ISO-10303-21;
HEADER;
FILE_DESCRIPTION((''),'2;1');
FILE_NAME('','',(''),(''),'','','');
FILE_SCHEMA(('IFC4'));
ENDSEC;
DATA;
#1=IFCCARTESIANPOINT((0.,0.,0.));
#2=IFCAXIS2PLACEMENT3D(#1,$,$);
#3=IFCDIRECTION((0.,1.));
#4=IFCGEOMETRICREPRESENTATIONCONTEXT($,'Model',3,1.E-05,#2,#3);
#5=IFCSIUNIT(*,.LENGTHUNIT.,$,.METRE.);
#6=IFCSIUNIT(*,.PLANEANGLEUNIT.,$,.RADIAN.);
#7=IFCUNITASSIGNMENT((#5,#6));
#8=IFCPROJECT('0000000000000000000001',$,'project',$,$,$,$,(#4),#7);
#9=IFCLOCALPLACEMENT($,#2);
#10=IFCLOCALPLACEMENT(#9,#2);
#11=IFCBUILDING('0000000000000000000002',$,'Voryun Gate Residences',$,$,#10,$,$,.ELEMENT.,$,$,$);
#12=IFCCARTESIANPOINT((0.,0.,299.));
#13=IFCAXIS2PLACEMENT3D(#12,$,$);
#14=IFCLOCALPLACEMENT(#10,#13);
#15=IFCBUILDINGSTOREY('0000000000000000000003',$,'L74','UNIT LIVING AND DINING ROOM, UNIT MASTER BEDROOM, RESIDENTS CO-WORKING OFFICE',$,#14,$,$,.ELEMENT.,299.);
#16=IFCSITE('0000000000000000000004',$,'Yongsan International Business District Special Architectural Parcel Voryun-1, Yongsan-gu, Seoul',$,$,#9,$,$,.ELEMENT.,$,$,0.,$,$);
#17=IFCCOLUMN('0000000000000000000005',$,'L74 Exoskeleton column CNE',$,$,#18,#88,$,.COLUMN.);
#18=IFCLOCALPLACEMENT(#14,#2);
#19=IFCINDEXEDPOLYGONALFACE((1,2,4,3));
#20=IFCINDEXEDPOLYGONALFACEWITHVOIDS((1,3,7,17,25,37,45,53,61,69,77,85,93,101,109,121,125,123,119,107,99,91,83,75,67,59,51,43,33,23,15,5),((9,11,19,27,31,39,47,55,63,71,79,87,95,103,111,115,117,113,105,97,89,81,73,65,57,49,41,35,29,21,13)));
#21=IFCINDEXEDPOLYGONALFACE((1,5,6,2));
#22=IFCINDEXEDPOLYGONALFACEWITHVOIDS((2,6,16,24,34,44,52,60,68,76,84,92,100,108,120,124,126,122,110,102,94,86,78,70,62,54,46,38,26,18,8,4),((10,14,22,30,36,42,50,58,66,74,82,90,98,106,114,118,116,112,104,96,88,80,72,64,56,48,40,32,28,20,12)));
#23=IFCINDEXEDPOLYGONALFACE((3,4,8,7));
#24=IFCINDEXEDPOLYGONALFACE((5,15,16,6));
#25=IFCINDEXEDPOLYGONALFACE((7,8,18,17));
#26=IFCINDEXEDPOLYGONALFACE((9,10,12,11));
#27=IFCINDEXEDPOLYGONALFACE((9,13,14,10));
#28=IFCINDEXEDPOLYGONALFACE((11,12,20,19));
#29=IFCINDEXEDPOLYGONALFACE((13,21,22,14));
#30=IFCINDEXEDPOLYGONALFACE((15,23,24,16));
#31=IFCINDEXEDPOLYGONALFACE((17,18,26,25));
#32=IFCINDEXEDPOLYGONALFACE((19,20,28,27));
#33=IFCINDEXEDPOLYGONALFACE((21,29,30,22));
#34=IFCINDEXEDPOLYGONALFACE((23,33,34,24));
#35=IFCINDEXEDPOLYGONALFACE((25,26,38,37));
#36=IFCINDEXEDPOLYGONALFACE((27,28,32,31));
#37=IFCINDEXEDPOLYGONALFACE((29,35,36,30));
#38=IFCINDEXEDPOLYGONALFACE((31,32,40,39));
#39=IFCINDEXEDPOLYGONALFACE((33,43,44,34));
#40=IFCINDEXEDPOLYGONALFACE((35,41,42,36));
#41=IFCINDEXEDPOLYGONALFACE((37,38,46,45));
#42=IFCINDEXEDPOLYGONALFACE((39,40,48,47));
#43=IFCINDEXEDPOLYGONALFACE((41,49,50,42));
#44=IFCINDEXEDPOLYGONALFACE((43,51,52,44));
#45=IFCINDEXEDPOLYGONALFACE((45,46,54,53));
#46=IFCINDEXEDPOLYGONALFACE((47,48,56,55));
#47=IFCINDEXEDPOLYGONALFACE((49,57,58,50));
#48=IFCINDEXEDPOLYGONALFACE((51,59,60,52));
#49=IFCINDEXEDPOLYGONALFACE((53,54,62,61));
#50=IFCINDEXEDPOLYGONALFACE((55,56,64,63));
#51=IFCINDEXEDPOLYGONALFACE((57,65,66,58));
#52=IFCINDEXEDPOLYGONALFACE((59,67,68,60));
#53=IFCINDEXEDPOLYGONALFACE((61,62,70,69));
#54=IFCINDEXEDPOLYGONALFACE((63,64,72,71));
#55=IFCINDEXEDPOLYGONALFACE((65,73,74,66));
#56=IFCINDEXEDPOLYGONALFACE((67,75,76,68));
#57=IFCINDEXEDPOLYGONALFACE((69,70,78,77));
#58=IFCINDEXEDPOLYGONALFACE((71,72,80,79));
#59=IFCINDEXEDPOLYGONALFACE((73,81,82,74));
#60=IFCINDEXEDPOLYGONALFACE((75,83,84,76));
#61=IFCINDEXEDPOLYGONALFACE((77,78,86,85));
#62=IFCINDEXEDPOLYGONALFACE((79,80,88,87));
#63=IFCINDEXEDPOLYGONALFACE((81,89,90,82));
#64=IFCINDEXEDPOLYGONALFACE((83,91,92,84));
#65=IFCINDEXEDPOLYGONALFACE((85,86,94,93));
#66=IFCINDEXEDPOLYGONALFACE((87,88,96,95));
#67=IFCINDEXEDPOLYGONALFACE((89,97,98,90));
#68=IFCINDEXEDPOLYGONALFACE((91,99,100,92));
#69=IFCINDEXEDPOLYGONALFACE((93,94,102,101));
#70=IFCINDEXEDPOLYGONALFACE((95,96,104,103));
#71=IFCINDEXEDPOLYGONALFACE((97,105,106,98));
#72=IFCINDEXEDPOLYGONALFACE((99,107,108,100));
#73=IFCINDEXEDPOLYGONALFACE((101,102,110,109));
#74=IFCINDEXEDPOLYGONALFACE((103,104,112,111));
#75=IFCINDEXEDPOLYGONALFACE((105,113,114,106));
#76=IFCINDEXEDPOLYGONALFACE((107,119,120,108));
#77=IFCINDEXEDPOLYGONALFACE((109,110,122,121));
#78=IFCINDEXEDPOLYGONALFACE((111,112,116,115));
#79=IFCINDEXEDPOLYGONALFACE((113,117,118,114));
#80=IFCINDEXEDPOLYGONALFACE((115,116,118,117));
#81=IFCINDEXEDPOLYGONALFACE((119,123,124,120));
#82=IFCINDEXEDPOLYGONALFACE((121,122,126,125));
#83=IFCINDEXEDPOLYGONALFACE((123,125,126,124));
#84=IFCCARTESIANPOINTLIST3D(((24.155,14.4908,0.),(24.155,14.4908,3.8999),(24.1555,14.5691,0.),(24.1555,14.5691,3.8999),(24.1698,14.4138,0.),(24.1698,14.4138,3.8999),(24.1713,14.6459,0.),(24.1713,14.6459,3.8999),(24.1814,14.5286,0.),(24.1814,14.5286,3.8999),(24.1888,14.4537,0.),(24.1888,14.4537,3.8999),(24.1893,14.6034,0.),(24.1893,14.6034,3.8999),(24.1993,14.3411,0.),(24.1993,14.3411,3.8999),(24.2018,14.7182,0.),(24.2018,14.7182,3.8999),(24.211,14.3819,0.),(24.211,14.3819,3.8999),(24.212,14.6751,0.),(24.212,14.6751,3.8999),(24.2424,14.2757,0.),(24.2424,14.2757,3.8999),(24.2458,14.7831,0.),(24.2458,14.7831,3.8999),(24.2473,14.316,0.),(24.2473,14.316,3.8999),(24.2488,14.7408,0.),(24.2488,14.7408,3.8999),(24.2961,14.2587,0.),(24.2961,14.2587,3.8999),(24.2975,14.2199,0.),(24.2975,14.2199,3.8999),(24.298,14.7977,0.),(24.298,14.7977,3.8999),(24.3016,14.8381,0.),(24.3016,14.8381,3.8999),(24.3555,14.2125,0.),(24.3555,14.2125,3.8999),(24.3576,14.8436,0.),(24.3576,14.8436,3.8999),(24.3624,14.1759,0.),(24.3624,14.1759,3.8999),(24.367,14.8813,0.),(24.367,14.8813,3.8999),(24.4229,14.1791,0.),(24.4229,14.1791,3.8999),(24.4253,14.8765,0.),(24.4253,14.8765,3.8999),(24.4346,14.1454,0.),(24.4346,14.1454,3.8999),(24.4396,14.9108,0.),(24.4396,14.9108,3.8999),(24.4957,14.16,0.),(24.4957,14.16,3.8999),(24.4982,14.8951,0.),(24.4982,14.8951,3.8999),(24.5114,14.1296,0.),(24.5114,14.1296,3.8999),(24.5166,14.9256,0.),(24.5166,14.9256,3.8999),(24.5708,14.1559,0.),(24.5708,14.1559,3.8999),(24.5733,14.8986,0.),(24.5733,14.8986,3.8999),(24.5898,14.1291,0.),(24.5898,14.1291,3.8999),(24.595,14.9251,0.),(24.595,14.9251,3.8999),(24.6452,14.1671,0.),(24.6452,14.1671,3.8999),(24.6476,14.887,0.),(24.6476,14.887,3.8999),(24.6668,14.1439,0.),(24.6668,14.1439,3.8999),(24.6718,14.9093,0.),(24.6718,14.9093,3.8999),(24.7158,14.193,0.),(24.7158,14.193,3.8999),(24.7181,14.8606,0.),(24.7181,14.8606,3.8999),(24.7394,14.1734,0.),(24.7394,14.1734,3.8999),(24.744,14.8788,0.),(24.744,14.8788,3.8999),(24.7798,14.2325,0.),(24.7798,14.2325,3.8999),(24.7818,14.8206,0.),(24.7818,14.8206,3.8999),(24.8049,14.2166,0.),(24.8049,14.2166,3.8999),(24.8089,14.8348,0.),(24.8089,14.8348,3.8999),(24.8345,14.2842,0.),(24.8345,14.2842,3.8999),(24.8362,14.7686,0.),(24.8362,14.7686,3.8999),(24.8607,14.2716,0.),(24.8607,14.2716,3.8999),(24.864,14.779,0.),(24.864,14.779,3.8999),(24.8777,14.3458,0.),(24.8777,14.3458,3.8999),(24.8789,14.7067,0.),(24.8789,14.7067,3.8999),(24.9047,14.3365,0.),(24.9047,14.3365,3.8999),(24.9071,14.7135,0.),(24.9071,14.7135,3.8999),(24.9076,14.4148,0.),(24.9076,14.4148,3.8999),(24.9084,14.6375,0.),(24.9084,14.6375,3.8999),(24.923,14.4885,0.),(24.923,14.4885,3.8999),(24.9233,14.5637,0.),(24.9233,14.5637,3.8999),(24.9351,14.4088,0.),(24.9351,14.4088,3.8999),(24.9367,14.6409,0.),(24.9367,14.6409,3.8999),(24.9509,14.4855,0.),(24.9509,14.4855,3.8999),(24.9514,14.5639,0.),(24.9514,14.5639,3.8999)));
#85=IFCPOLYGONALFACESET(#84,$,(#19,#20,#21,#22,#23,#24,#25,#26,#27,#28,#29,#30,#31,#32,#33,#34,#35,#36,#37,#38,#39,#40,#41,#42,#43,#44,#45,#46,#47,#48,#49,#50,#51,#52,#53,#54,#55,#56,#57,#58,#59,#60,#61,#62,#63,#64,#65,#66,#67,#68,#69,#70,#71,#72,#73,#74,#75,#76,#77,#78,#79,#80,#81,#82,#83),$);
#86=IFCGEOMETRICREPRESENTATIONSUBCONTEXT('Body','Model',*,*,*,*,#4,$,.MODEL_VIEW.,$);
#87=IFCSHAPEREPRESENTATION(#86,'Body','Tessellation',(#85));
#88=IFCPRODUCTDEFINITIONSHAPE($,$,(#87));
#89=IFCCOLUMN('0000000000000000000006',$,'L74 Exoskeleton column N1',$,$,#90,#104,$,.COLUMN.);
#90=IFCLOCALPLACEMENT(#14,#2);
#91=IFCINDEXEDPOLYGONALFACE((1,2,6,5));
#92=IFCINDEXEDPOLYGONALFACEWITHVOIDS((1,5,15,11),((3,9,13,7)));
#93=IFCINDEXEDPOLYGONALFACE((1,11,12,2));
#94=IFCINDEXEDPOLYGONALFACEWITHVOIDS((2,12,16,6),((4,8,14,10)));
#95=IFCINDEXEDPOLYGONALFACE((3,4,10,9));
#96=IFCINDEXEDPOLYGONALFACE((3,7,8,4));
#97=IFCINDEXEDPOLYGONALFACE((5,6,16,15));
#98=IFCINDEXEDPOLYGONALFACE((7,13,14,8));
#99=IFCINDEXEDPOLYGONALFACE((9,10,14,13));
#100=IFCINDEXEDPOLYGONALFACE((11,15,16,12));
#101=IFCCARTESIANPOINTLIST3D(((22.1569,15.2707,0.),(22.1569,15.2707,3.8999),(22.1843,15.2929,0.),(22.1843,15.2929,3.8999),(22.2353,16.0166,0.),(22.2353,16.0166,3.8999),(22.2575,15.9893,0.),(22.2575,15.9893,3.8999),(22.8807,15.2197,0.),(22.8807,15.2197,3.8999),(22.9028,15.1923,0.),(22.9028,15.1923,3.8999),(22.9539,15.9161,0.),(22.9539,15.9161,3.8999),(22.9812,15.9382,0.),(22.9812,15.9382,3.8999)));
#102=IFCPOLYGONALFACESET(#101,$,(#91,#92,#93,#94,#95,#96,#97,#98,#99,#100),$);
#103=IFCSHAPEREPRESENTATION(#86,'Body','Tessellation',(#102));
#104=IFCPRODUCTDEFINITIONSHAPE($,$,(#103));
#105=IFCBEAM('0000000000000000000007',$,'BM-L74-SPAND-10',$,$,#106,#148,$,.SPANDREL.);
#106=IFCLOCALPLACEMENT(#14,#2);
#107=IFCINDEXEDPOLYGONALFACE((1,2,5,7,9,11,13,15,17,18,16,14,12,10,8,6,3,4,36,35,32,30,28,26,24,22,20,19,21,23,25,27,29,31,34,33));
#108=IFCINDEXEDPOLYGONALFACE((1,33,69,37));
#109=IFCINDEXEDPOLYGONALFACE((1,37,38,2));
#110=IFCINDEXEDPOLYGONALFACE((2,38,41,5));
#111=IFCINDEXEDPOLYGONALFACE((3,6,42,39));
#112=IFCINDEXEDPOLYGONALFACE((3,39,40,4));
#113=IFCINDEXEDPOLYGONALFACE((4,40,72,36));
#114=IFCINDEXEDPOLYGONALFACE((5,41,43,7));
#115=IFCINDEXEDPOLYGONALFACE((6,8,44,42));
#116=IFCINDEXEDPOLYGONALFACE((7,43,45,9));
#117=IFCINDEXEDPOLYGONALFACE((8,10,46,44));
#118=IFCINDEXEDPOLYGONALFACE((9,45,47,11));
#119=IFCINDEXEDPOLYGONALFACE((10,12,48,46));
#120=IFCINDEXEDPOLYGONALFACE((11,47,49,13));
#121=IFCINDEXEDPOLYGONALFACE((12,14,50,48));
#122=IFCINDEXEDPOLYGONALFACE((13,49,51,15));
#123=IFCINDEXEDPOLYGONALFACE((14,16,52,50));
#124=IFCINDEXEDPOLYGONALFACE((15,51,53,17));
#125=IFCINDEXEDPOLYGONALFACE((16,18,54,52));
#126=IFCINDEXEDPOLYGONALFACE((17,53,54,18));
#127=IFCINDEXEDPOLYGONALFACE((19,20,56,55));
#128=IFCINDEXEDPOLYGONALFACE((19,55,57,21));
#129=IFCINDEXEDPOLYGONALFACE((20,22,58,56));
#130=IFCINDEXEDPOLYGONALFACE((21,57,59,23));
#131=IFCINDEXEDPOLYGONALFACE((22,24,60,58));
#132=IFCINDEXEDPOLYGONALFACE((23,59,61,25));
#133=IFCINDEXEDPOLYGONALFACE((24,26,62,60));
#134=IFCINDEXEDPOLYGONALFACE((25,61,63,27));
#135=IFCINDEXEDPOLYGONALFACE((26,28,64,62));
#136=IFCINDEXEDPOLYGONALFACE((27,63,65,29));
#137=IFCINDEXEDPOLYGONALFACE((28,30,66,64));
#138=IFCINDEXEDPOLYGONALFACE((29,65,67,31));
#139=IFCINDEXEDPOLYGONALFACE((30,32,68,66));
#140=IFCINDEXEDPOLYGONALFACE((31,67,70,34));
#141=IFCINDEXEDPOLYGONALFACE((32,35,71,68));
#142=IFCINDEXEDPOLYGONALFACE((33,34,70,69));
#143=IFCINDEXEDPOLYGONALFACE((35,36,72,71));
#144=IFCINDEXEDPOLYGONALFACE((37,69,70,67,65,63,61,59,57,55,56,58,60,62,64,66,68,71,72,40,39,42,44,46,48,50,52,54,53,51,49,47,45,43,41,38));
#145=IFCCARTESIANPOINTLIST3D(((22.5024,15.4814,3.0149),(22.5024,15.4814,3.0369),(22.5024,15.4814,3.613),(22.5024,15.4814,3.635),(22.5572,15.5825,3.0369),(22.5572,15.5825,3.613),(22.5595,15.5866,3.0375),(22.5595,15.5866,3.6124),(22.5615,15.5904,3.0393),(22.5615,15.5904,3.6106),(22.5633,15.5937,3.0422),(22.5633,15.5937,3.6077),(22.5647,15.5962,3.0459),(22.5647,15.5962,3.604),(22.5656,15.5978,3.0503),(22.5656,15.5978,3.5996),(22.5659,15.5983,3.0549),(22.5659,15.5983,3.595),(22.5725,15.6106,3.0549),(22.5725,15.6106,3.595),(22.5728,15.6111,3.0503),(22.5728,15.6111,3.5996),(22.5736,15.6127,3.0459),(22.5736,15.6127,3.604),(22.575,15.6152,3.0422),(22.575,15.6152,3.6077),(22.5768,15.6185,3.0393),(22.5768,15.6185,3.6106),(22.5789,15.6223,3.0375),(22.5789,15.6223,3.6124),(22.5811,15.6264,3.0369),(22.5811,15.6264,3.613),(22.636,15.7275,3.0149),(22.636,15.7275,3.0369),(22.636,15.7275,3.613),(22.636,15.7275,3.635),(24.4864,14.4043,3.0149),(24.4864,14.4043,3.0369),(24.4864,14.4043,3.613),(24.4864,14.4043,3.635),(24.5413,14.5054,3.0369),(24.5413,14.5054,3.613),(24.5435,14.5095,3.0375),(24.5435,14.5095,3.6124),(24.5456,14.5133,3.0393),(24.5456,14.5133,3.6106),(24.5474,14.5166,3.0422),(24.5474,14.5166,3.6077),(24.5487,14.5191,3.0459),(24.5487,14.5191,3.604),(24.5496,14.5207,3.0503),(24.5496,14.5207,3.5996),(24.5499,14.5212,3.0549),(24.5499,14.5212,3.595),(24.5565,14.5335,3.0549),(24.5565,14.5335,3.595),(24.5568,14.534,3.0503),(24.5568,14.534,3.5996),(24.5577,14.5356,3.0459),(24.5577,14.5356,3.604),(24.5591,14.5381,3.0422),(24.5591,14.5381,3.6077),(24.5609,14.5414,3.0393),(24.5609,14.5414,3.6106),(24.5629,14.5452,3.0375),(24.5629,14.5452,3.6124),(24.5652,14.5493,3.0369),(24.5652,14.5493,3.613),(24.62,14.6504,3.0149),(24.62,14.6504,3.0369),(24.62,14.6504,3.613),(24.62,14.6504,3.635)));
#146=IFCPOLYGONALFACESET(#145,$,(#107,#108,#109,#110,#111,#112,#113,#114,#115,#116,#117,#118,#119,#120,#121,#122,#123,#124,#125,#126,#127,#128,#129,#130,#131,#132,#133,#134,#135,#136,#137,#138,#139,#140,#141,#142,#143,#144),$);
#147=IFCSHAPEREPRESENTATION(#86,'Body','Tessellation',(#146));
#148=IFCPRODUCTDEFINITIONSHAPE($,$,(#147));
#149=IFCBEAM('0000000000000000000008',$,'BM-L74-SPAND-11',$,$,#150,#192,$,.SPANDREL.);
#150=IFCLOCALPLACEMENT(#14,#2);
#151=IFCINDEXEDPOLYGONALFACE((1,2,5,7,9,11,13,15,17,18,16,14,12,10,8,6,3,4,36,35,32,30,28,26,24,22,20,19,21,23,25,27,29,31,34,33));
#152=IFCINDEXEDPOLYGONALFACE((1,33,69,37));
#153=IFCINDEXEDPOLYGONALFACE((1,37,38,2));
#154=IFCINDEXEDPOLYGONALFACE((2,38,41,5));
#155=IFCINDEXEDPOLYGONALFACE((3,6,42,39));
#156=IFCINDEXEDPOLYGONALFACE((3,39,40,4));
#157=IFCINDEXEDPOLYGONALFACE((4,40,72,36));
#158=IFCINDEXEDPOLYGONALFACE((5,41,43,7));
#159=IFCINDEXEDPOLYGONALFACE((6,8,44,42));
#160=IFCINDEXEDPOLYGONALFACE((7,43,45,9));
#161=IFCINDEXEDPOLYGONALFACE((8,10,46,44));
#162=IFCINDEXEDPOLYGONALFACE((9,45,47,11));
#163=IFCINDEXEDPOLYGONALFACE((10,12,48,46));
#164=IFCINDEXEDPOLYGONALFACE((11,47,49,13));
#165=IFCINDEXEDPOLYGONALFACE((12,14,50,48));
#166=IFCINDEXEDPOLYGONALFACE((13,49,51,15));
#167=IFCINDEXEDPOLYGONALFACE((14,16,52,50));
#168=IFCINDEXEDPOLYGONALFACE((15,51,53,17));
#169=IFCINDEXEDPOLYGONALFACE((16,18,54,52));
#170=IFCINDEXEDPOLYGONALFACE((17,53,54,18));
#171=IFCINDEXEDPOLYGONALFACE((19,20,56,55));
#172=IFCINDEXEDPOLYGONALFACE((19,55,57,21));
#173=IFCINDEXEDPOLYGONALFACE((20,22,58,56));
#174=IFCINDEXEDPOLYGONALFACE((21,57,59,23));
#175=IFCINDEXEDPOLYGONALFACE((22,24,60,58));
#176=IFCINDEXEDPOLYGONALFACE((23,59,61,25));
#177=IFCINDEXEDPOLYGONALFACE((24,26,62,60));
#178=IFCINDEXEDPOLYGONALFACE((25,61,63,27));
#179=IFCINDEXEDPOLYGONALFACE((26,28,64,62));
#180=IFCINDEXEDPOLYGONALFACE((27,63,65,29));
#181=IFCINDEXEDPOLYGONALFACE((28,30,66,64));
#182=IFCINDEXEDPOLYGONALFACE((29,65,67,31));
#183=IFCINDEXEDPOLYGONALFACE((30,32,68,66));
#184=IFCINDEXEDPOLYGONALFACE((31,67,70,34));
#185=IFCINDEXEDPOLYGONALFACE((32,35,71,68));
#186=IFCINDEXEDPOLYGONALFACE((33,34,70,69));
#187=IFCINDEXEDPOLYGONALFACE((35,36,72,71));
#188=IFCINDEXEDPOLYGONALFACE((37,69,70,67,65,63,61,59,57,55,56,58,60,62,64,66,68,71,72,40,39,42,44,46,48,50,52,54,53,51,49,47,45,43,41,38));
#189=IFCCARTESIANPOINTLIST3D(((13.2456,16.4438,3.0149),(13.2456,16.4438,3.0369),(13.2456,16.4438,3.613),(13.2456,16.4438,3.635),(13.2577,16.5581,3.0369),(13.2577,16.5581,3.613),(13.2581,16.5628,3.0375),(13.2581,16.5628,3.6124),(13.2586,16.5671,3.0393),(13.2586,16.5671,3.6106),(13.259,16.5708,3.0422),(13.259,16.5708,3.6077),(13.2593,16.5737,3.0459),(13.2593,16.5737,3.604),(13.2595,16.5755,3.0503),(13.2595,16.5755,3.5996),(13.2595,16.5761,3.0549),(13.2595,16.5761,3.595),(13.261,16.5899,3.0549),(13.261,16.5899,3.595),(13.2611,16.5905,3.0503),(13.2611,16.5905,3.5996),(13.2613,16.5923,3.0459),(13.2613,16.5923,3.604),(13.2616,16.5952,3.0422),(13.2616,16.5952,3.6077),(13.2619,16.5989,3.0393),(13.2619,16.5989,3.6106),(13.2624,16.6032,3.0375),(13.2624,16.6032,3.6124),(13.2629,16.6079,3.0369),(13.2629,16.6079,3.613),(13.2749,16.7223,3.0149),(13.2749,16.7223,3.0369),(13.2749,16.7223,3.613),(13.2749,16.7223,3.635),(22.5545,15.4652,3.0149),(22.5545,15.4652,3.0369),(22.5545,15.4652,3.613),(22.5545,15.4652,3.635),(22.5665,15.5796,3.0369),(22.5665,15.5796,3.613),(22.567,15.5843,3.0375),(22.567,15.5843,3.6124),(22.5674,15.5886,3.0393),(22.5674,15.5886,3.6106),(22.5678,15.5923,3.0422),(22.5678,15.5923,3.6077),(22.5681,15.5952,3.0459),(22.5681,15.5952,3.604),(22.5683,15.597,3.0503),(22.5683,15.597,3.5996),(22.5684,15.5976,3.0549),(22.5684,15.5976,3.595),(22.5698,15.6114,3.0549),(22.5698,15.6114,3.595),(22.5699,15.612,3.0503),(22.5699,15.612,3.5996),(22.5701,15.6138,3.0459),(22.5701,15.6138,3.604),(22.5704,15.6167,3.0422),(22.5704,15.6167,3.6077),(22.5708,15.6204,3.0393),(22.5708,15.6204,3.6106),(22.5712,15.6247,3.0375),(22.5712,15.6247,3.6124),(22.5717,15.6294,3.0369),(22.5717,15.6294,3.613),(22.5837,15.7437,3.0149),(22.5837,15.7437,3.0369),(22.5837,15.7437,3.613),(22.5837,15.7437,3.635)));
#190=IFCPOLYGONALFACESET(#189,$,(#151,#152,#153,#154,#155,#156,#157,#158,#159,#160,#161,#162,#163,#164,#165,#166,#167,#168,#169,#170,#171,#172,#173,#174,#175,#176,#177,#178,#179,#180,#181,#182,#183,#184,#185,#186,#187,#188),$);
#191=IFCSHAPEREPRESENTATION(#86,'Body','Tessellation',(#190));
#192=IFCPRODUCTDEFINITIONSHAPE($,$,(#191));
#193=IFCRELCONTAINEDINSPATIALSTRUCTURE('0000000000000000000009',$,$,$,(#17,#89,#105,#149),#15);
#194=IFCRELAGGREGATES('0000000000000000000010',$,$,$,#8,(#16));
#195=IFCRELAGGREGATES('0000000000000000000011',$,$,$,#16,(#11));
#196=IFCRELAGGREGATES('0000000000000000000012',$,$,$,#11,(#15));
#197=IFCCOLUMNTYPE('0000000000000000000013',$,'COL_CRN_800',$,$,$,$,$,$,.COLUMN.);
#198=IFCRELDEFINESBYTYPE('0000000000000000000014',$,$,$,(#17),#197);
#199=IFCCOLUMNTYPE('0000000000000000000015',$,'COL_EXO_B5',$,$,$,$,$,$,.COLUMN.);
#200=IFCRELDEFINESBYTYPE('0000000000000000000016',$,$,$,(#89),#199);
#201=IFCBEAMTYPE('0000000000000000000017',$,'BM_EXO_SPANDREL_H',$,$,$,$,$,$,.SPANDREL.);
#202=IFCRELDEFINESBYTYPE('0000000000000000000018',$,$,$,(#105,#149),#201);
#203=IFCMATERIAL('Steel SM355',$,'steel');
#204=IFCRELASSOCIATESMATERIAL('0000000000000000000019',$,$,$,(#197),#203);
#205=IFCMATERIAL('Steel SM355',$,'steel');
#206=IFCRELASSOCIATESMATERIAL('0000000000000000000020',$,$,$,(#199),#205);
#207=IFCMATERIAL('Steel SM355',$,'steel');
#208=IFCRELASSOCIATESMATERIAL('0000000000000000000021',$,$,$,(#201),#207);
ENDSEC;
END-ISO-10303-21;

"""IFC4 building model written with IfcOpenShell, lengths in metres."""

from ifc_helpers import new_model, si_unit, direction, frame, origin, origin_2d, place, context, subcontext, project, spatial, hollow_rectangle, hollow_circle, i_section, extrude, material, material_profile, profile_set, type_object, element, save


model = new_model("IFC4")

# Units and contexts
model_context = context("Model", 3, precision=1e-05, world=origin(), true_north=direction((0.0, 1.0)))
body_context = subcontext(model_context, "Body", "Model", "MODEL_VIEW")
ifc_project = project(units=[si_unit("LENGTHUNIT", "METRE"), si_unit("PLANEANGLEUNIT", "RADIAN")], contexts=[model_context])

# Site, building, storey
site_placement = place(None, origin())
site = spatial("IfcSite", under=ifc_project, at=site_placement, Name="Yongsan International Business District Special Architectural Parcel Voryun-1, Yongsan-gu, Seoul", CompositionType="ELEMENT", RefElevation=0.0)
building_placement = place(site_placement, origin())
building = spatial("IfcBuilding", under=site, at=building_placement, Name="Voryun Gate Residences", CompositionType="ELEMENT")
storey_placement = place(building_placement, frame((0.0, 0.0, 299.0)))
storey = spatial("IfcBuildingStorey", under=building, at=storey_placement, Name="L74", Description="UNIT LIVING AND DINING ROOM, UNIT MASTER BEDROOM, RESIDENTS CO-WORKING OFFICE", CompositionType="ELEMENT", Elevation=299.0)

# Columns
ifc_material_1 = material(Name="Steel SM355", Category="steel")
ifc_material_profile_1 = material_profile(ifc_material_1, hollow_circle(Radius=0.3999, WallThickness=0.0281, at=origin_2d()), Name="CHS-800x28")
ifc_profile_set_1 = profile_set([ifc_material_profile_1], Name="Steel SM355")
column_type_1 = type_object("IfcColumnType", Name="COL_CRN_800", PredefinedType="COLUMN", material=ifc_profile_set_1)
column_1_placement = place(storey_placement, frame((24.5532, 14.5273, 0.0), z_axis=(0.0, 0.0, 1.0), x_axis=(0.994522, -0.104528, 0.0)))
element("IfcColumn", 1, at=column_1_placement, inside=storey, type_object=column_type_1, Name="L74 Exoskeleton column CNE", PredefinedType="COLUMN", context=body_context, shape_type="SweptSolid", body=[
    extrude(hollow_circle(Radius=0.3999, WallThickness=0.0281, at=origin_2d()), origin(), (0.0, 0.0, 1.0), 3.8999),
])
ifc_material_2 = material(Name="Steel SM355", Category="steel")
ifc_material_profile_2 = material_profile(ifc_material_2, hollow_rectangle(XDim=0.75, YDim=0.75, WallThickness=0.0249, at=origin_2d()), Name="BOX-750x750x25")
ifc_profile_set_2 = profile_set([ifc_material_profile_2], Name="Steel SM355")
column_type_2 = type_object("IfcColumnType", Name="COL_EXO_B5", PredefinedType="COLUMN", material=ifc_profile_set_2)
column_2_placement = place(storey_placement, frame((22.5691, 15.6045, 0.0), z_axis=(0.0, 0.0, 1.0), x_axis=(0.994522, -0.104528, 0.0)))
element("IfcColumn", 2, at=column_2_placement, inside=storey, type_object=column_type_2, Name="L74 Exoskeleton column N1", PredefinedType="COLUMN", context=body_context, shape_type="SweptSolid", body=[
    extrude(hollow_rectangle(XDim=0.75, YDim=0.75, WallThickness=0.0249, at=origin_2d()), origin(), (0.0, 0.0, 1.0), 3.8999),
])

# Beams
ifc_material_3 = material(Name="Steel SM355", Category="steel")
ifc_material_profile_3 = material_profile(ifc_material_3, i_section(OverallWidth=0.28, OverallDepth=0.6201, WebThickness=0.0139, FlangeThickness=0.022, FilletRadius=0.0181, at=origin_2d()), Name="H-620x280x14x22")
ifc_profile_set_3 = profile_set([ifc_material_profile_3], Name="Steel SM355")
beam_type_1 = type_object("IfcBeamType", Name="BM_EXO_SPANDREL_H", PredefinedType="SPANDREL", material=ifc_profile_set_3)
beam_1_placement = place(storey_placement, frame((24.5532, 14.5273, 3.325), z_axis=(-0.878844, 0.477109, 0.0), x_axis=(-0.477109, -0.878844, 0.0)))
element("IfcBeam", 3, at=beam_1_placement, inside=storey, type_object=beam_type_1, Name="BM-L74-SPAND-10", PredefinedType="SPANDREL", context=body_context, shape_type="SweptSolid", body=[
    extrude(i_section(OverallWidth=0.28, OverallDepth=0.6201, WebThickness=0.0139, FlangeThickness=0.022, FilletRadius=0.0181, at=origin_2d()), origin(), (0.0, 0.0, 1.0), 2.2576),
])
beam_2_placement = place(storey_placement, frame((22.5691, 15.6045, 3.325), z_axis=(-0.994521, 0.104541, 0.0), x_axis=(-0.104541, -0.994521, 0.0)))
element("IfcBeam", 4, at=beam_2_placement, inside=storey, type_object=beam_type_1, Name="BM-L74-SPAND-11", PredefinedType="SPANDREL", context=body_context, shape_type="SweptSolid", body=[
    extrude(i_section(OverallWidth=0.28, OverallDepth=0.6201, WebThickness=0.0139, FlangeThickness=0.022, FilletRadius=0.0181, at=origin_2d()), origin(), (0.0, 0.0, 1.0), 9.3601),
])

save(model, "model.ifc")
